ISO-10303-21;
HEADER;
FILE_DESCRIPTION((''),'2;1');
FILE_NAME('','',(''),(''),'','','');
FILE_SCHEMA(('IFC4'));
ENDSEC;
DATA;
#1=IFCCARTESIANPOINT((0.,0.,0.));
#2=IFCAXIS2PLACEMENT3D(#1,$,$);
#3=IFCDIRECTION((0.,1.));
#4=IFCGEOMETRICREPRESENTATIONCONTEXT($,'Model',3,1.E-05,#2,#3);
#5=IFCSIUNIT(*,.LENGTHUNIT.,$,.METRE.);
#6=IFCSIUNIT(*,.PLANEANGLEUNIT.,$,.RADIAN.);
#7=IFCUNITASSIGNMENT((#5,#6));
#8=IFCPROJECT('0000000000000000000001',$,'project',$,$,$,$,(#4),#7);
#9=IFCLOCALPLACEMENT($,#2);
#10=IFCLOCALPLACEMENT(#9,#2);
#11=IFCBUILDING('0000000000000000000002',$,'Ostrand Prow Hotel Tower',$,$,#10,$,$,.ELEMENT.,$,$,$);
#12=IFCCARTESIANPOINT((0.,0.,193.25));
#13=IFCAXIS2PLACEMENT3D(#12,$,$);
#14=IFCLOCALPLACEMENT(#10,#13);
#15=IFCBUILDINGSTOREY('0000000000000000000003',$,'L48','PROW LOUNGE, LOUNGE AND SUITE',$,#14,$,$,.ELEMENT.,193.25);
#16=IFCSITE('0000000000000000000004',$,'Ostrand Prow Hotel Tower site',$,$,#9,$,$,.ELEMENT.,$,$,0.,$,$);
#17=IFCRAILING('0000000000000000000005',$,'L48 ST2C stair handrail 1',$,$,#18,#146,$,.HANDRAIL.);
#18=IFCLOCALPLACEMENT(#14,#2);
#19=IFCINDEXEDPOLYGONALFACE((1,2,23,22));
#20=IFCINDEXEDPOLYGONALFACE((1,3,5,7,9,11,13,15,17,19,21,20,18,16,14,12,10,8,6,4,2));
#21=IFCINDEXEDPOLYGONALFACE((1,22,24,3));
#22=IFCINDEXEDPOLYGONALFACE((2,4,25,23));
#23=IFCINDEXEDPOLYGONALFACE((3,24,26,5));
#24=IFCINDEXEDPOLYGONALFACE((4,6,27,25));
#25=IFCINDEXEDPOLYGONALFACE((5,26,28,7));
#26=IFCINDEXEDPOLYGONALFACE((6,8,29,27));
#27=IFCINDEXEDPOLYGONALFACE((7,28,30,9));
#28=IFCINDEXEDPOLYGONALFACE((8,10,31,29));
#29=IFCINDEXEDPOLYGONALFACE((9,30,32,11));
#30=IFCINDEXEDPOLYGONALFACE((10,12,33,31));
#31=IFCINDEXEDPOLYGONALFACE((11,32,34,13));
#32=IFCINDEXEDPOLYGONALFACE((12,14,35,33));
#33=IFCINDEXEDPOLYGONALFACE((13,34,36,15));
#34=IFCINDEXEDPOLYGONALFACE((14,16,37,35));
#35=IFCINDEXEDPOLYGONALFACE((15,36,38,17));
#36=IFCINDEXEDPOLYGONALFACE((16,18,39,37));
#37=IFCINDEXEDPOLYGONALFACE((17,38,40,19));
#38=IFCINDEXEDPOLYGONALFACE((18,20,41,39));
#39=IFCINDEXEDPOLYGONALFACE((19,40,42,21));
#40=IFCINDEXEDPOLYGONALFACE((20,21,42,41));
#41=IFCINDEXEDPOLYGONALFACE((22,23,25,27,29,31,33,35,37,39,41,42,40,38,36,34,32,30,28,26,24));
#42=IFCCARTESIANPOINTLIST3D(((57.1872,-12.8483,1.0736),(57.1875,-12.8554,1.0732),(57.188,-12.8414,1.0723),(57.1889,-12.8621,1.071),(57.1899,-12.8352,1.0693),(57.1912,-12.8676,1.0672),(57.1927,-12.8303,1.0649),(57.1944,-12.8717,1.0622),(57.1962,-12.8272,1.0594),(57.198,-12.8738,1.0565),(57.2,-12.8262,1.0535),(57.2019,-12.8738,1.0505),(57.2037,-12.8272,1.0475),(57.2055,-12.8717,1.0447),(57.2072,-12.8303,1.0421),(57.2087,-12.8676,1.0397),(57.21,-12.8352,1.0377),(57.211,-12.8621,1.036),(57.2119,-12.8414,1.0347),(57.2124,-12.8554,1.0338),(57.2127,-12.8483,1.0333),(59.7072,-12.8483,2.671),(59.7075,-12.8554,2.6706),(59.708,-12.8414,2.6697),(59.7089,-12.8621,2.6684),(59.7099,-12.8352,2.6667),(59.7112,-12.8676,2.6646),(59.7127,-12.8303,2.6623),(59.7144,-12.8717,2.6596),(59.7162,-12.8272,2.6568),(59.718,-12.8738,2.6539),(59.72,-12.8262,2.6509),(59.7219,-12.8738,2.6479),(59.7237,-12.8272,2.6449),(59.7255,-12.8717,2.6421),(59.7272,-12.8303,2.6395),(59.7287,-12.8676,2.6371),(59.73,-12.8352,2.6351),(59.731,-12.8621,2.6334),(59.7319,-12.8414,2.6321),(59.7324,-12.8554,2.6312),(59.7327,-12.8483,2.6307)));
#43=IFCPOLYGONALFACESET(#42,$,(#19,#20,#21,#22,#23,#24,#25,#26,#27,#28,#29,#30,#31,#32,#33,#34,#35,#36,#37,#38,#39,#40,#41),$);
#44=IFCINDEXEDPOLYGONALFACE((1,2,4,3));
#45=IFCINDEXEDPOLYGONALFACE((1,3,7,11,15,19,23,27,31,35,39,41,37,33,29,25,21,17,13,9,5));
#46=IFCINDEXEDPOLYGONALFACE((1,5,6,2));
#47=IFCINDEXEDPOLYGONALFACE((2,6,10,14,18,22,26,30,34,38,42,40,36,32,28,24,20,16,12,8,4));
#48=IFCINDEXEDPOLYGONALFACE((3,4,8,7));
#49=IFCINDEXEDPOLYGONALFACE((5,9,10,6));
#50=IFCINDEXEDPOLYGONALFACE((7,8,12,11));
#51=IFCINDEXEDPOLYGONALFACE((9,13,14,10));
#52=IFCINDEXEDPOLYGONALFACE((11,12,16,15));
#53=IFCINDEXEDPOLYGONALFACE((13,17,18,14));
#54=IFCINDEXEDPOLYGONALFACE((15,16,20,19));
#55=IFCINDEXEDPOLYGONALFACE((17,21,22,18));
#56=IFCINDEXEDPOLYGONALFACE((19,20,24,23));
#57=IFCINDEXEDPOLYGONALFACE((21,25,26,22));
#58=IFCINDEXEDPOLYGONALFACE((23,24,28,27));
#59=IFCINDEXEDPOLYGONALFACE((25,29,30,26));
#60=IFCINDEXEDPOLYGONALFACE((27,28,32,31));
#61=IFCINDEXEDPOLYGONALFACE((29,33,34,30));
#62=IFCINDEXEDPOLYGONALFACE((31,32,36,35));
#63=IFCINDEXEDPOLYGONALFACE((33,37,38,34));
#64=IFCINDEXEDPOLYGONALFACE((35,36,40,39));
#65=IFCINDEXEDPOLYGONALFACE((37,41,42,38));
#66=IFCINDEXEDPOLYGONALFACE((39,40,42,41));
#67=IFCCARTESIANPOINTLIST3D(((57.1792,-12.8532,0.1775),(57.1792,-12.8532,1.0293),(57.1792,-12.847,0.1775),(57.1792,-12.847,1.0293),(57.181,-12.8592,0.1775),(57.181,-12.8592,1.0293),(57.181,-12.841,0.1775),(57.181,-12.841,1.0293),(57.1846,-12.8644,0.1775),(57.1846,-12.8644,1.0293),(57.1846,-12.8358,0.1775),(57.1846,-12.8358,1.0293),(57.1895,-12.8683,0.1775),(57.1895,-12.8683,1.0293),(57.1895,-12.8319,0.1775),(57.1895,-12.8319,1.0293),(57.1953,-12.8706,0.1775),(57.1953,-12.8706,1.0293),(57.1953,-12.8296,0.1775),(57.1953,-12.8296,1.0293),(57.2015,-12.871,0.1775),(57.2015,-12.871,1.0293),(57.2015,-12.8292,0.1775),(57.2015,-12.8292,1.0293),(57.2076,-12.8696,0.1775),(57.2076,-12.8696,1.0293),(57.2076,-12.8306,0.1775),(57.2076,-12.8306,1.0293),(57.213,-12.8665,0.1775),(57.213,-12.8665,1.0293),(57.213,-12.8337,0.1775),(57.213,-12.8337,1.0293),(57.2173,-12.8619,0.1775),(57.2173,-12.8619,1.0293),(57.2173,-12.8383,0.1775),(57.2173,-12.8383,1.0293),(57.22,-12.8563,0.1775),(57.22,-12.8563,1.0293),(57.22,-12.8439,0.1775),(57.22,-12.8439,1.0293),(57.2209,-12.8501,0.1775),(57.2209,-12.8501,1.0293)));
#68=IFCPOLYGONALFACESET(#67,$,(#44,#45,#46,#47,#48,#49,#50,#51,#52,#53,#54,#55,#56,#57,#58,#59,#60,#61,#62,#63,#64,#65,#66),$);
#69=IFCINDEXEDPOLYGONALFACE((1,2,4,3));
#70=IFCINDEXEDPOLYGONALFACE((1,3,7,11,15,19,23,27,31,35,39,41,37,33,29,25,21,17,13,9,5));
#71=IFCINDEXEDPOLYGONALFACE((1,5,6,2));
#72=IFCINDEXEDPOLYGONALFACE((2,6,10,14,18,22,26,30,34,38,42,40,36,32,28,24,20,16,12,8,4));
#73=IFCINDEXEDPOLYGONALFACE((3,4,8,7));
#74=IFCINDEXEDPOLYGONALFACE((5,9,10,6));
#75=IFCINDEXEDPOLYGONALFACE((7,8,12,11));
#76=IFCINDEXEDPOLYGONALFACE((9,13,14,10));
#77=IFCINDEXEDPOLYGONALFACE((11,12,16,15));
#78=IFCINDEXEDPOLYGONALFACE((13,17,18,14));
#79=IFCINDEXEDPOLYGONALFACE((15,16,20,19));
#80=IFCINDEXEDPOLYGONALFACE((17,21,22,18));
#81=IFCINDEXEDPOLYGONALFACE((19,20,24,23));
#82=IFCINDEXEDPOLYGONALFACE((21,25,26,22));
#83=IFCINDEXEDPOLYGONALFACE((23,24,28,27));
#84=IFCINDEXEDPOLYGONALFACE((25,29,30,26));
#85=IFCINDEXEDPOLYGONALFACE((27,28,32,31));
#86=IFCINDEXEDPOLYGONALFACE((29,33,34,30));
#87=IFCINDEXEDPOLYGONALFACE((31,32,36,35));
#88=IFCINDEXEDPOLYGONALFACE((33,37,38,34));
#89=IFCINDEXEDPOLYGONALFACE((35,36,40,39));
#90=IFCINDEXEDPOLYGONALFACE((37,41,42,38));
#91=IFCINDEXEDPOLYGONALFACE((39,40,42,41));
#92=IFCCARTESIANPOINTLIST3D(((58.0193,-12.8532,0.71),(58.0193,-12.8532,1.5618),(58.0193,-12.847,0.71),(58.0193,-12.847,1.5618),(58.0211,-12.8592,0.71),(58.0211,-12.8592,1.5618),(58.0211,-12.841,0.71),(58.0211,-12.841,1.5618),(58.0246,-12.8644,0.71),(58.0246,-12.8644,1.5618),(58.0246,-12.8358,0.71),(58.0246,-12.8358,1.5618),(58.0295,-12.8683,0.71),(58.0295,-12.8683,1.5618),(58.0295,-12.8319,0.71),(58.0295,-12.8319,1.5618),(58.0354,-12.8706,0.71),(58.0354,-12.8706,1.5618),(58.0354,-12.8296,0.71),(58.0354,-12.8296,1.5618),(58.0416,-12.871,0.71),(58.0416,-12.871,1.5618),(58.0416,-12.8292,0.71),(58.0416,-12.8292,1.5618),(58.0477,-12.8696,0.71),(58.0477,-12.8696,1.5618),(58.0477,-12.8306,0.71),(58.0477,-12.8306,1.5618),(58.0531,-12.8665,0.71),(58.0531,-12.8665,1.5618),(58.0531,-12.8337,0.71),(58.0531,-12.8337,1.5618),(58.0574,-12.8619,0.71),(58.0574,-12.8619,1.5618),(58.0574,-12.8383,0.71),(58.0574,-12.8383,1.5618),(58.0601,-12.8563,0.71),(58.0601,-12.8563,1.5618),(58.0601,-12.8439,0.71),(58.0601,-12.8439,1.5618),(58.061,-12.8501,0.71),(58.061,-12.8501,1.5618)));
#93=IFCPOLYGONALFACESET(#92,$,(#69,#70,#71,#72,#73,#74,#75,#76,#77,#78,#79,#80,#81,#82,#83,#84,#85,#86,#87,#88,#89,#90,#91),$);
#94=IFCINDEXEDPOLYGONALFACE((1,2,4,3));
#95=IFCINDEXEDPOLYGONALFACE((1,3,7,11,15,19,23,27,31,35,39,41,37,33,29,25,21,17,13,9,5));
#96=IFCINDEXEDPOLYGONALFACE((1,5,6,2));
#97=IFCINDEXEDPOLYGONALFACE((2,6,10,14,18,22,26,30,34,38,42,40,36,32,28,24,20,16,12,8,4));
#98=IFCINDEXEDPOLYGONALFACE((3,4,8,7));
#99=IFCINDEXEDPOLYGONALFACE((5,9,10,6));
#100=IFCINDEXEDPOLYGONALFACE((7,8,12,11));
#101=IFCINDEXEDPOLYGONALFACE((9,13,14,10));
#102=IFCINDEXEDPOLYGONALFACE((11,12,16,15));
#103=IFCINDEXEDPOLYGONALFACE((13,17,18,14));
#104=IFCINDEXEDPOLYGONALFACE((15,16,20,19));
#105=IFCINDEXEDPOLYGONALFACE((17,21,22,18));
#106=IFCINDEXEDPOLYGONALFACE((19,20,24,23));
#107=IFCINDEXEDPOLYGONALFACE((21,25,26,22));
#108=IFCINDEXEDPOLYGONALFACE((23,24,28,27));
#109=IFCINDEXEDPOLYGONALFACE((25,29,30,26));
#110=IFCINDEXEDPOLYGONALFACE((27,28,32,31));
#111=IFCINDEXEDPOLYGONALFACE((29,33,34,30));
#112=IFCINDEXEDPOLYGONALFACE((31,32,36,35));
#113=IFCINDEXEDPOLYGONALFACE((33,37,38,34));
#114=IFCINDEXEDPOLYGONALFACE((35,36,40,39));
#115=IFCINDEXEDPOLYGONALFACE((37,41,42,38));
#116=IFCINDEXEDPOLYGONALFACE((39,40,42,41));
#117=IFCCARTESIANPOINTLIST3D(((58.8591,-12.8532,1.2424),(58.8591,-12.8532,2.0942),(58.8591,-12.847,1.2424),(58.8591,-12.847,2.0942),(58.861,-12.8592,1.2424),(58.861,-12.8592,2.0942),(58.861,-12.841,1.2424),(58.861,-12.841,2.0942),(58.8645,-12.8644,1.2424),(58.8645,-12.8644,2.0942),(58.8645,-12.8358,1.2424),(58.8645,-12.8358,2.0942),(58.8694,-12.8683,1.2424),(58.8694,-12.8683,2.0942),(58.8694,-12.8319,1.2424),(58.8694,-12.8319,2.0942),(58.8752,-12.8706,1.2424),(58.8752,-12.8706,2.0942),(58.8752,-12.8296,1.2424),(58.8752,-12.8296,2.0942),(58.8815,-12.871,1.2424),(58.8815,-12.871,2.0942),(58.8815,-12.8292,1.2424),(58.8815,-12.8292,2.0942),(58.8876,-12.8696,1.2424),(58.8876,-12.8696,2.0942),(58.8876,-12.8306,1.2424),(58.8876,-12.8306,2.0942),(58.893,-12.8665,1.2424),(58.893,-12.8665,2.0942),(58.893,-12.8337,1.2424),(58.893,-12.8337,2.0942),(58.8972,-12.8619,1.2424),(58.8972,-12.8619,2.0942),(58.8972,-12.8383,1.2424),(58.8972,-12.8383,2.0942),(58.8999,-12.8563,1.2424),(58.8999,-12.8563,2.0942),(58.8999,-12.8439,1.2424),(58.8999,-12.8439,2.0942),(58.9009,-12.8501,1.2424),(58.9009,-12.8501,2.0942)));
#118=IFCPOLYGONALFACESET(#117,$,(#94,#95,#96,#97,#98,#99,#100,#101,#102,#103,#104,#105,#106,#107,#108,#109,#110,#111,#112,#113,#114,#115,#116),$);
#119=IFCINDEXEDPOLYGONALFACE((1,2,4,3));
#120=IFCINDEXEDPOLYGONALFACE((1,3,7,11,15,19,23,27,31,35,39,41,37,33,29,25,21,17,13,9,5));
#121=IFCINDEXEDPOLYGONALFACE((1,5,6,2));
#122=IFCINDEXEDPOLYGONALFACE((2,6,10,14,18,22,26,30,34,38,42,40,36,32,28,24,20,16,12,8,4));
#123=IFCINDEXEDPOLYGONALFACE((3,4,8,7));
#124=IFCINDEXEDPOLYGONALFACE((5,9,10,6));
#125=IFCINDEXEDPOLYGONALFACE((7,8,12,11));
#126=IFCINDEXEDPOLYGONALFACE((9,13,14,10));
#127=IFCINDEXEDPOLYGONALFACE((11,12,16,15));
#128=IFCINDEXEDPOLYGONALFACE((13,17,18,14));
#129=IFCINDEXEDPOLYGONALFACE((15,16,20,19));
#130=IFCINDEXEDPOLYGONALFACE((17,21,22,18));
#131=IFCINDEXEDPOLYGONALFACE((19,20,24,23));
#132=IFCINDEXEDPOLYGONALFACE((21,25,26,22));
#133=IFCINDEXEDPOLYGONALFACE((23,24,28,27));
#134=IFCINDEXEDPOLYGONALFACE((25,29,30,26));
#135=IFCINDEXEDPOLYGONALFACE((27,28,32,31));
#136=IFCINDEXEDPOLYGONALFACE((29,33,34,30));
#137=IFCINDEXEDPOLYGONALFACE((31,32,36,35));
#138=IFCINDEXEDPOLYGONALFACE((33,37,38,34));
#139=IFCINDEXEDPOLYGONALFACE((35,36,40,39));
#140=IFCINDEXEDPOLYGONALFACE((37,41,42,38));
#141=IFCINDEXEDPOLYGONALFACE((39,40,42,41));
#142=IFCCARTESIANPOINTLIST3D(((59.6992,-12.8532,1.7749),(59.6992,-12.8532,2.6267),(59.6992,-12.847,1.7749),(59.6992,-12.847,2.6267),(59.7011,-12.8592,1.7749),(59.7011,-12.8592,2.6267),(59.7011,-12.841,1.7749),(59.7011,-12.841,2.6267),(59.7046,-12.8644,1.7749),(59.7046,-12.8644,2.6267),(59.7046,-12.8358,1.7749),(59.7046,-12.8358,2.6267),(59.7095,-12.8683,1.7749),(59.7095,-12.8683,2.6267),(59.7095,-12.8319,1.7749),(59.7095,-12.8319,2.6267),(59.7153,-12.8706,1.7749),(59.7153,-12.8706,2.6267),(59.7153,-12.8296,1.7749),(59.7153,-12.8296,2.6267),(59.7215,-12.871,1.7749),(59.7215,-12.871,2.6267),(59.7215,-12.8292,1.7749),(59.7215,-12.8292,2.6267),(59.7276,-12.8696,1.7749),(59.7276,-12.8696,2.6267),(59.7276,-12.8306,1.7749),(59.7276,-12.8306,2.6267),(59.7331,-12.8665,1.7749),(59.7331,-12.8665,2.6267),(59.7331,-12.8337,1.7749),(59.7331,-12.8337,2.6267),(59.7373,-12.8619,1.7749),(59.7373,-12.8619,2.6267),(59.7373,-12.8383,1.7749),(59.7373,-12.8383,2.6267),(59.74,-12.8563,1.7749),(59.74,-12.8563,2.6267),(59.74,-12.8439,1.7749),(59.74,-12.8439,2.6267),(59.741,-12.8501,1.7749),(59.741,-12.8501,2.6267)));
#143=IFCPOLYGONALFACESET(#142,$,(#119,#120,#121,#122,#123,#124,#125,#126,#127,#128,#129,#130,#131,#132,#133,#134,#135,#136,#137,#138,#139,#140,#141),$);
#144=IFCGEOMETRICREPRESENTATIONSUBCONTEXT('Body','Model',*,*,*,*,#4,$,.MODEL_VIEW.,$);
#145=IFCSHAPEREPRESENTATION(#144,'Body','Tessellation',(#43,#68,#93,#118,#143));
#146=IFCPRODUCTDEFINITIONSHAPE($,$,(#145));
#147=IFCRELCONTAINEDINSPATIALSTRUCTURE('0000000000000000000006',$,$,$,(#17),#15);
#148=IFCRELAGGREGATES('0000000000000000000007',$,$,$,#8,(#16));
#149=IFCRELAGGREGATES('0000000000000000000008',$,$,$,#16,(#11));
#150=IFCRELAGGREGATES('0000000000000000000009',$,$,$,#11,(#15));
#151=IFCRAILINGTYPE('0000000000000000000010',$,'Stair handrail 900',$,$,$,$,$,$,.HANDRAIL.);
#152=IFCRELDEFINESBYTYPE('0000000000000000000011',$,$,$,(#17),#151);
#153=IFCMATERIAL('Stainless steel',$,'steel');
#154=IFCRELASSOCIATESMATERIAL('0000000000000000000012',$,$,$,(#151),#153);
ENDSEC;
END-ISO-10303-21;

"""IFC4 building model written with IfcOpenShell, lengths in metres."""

from ifc_helpers import new_model, si_unit, direction, frame, origin, origin_2d, place, context, subcontext, project, spatial, circle, extrude, material, type_object, element, save


model = new_model("IFC4")

# Units and contexts
model_context = context("Model", 3, precision=1e-05, world=origin(), true_north=direction((0.0, 1.0)))
body_context = subcontext(model_context, "Body", "Model", "MODEL_VIEW")
ifc_project = project(units=[si_unit("LENGTHUNIT", "METRE"), si_unit("PLANEANGLEUNIT", "RADIAN")], contexts=[model_context])

# Site, building, storey
site_placement = place(None, origin())
site = spatial("IfcSite", under=ifc_project, at=site_placement, Name="Ostrand Prow Hotel Tower site", CompositionType="ELEMENT", RefElevation=0.0)
building_placement = place(site_placement, origin())
building = spatial("IfcBuilding", under=site, at=building_placement, Name="Ostrand Prow Hotel Tower", CompositionType="ELEMENT")
storey_placement = place(building_placement, frame((0.0, 0.0, 193.25)))
storey = spatial("IfcBuildingStorey", under=building, at=storey_placement, Name="L48", Description="PROW LOUNGE, LOUNGE AND SUITE", CompositionType="ELEMENT", Elevation=193.25)

# Railing
ifc_material_1 = material(Name="Stainless steel", Category="steel")
railing_type_1 = type_object("IfcRailingType", Name="Stair handrail 900", PredefinedType="HANDRAIL", material=ifc_material_1)
railing_1_placement = place(storey_placement, frame((57.2, -12.8501, 0.1775)))
element("IfcRailing", 1, at=railing_1_placement, inside=storey, type_object=railing_type_1, Name="L48 ST2C stair handrail 1", PredefinedType="HANDRAIL", context=body_context, shape_type="SweptSolid", body=[
    extrude(circle(Radius=0.0239, at=origin_2d()), frame((0.0, 0.0, 0.876), z_axis=(0.844607, 0.0, 0.535387), x_axis=(0.0, 1.0, 0.0)), (0.0, 0.0, 1.0), 2.9836),
    extrude(circle(Radius=0.021, at=origin_2d()), origin(), (0.0, 0.0, 1.0), 0.8518),
    extrude(circle(Radius=0.021, at=origin_2d()), frame((0.8401, 0.0, 0.5325)), (0.0, 0.0, 1.0), 0.8518),
    extrude(circle(Radius=0.021, at=origin_2d()), frame((1.6799, 0.0, 1.0649)), (0.0, 0.0, 1.0), 0.8518),
    extrude(circle(Radius=0.021, at=origin_2d()), frame((2.52, 0.0, 1.5974)), (0.0, 0.0, 1.0), 0.8518),
])

save(model, "model.ifc")
